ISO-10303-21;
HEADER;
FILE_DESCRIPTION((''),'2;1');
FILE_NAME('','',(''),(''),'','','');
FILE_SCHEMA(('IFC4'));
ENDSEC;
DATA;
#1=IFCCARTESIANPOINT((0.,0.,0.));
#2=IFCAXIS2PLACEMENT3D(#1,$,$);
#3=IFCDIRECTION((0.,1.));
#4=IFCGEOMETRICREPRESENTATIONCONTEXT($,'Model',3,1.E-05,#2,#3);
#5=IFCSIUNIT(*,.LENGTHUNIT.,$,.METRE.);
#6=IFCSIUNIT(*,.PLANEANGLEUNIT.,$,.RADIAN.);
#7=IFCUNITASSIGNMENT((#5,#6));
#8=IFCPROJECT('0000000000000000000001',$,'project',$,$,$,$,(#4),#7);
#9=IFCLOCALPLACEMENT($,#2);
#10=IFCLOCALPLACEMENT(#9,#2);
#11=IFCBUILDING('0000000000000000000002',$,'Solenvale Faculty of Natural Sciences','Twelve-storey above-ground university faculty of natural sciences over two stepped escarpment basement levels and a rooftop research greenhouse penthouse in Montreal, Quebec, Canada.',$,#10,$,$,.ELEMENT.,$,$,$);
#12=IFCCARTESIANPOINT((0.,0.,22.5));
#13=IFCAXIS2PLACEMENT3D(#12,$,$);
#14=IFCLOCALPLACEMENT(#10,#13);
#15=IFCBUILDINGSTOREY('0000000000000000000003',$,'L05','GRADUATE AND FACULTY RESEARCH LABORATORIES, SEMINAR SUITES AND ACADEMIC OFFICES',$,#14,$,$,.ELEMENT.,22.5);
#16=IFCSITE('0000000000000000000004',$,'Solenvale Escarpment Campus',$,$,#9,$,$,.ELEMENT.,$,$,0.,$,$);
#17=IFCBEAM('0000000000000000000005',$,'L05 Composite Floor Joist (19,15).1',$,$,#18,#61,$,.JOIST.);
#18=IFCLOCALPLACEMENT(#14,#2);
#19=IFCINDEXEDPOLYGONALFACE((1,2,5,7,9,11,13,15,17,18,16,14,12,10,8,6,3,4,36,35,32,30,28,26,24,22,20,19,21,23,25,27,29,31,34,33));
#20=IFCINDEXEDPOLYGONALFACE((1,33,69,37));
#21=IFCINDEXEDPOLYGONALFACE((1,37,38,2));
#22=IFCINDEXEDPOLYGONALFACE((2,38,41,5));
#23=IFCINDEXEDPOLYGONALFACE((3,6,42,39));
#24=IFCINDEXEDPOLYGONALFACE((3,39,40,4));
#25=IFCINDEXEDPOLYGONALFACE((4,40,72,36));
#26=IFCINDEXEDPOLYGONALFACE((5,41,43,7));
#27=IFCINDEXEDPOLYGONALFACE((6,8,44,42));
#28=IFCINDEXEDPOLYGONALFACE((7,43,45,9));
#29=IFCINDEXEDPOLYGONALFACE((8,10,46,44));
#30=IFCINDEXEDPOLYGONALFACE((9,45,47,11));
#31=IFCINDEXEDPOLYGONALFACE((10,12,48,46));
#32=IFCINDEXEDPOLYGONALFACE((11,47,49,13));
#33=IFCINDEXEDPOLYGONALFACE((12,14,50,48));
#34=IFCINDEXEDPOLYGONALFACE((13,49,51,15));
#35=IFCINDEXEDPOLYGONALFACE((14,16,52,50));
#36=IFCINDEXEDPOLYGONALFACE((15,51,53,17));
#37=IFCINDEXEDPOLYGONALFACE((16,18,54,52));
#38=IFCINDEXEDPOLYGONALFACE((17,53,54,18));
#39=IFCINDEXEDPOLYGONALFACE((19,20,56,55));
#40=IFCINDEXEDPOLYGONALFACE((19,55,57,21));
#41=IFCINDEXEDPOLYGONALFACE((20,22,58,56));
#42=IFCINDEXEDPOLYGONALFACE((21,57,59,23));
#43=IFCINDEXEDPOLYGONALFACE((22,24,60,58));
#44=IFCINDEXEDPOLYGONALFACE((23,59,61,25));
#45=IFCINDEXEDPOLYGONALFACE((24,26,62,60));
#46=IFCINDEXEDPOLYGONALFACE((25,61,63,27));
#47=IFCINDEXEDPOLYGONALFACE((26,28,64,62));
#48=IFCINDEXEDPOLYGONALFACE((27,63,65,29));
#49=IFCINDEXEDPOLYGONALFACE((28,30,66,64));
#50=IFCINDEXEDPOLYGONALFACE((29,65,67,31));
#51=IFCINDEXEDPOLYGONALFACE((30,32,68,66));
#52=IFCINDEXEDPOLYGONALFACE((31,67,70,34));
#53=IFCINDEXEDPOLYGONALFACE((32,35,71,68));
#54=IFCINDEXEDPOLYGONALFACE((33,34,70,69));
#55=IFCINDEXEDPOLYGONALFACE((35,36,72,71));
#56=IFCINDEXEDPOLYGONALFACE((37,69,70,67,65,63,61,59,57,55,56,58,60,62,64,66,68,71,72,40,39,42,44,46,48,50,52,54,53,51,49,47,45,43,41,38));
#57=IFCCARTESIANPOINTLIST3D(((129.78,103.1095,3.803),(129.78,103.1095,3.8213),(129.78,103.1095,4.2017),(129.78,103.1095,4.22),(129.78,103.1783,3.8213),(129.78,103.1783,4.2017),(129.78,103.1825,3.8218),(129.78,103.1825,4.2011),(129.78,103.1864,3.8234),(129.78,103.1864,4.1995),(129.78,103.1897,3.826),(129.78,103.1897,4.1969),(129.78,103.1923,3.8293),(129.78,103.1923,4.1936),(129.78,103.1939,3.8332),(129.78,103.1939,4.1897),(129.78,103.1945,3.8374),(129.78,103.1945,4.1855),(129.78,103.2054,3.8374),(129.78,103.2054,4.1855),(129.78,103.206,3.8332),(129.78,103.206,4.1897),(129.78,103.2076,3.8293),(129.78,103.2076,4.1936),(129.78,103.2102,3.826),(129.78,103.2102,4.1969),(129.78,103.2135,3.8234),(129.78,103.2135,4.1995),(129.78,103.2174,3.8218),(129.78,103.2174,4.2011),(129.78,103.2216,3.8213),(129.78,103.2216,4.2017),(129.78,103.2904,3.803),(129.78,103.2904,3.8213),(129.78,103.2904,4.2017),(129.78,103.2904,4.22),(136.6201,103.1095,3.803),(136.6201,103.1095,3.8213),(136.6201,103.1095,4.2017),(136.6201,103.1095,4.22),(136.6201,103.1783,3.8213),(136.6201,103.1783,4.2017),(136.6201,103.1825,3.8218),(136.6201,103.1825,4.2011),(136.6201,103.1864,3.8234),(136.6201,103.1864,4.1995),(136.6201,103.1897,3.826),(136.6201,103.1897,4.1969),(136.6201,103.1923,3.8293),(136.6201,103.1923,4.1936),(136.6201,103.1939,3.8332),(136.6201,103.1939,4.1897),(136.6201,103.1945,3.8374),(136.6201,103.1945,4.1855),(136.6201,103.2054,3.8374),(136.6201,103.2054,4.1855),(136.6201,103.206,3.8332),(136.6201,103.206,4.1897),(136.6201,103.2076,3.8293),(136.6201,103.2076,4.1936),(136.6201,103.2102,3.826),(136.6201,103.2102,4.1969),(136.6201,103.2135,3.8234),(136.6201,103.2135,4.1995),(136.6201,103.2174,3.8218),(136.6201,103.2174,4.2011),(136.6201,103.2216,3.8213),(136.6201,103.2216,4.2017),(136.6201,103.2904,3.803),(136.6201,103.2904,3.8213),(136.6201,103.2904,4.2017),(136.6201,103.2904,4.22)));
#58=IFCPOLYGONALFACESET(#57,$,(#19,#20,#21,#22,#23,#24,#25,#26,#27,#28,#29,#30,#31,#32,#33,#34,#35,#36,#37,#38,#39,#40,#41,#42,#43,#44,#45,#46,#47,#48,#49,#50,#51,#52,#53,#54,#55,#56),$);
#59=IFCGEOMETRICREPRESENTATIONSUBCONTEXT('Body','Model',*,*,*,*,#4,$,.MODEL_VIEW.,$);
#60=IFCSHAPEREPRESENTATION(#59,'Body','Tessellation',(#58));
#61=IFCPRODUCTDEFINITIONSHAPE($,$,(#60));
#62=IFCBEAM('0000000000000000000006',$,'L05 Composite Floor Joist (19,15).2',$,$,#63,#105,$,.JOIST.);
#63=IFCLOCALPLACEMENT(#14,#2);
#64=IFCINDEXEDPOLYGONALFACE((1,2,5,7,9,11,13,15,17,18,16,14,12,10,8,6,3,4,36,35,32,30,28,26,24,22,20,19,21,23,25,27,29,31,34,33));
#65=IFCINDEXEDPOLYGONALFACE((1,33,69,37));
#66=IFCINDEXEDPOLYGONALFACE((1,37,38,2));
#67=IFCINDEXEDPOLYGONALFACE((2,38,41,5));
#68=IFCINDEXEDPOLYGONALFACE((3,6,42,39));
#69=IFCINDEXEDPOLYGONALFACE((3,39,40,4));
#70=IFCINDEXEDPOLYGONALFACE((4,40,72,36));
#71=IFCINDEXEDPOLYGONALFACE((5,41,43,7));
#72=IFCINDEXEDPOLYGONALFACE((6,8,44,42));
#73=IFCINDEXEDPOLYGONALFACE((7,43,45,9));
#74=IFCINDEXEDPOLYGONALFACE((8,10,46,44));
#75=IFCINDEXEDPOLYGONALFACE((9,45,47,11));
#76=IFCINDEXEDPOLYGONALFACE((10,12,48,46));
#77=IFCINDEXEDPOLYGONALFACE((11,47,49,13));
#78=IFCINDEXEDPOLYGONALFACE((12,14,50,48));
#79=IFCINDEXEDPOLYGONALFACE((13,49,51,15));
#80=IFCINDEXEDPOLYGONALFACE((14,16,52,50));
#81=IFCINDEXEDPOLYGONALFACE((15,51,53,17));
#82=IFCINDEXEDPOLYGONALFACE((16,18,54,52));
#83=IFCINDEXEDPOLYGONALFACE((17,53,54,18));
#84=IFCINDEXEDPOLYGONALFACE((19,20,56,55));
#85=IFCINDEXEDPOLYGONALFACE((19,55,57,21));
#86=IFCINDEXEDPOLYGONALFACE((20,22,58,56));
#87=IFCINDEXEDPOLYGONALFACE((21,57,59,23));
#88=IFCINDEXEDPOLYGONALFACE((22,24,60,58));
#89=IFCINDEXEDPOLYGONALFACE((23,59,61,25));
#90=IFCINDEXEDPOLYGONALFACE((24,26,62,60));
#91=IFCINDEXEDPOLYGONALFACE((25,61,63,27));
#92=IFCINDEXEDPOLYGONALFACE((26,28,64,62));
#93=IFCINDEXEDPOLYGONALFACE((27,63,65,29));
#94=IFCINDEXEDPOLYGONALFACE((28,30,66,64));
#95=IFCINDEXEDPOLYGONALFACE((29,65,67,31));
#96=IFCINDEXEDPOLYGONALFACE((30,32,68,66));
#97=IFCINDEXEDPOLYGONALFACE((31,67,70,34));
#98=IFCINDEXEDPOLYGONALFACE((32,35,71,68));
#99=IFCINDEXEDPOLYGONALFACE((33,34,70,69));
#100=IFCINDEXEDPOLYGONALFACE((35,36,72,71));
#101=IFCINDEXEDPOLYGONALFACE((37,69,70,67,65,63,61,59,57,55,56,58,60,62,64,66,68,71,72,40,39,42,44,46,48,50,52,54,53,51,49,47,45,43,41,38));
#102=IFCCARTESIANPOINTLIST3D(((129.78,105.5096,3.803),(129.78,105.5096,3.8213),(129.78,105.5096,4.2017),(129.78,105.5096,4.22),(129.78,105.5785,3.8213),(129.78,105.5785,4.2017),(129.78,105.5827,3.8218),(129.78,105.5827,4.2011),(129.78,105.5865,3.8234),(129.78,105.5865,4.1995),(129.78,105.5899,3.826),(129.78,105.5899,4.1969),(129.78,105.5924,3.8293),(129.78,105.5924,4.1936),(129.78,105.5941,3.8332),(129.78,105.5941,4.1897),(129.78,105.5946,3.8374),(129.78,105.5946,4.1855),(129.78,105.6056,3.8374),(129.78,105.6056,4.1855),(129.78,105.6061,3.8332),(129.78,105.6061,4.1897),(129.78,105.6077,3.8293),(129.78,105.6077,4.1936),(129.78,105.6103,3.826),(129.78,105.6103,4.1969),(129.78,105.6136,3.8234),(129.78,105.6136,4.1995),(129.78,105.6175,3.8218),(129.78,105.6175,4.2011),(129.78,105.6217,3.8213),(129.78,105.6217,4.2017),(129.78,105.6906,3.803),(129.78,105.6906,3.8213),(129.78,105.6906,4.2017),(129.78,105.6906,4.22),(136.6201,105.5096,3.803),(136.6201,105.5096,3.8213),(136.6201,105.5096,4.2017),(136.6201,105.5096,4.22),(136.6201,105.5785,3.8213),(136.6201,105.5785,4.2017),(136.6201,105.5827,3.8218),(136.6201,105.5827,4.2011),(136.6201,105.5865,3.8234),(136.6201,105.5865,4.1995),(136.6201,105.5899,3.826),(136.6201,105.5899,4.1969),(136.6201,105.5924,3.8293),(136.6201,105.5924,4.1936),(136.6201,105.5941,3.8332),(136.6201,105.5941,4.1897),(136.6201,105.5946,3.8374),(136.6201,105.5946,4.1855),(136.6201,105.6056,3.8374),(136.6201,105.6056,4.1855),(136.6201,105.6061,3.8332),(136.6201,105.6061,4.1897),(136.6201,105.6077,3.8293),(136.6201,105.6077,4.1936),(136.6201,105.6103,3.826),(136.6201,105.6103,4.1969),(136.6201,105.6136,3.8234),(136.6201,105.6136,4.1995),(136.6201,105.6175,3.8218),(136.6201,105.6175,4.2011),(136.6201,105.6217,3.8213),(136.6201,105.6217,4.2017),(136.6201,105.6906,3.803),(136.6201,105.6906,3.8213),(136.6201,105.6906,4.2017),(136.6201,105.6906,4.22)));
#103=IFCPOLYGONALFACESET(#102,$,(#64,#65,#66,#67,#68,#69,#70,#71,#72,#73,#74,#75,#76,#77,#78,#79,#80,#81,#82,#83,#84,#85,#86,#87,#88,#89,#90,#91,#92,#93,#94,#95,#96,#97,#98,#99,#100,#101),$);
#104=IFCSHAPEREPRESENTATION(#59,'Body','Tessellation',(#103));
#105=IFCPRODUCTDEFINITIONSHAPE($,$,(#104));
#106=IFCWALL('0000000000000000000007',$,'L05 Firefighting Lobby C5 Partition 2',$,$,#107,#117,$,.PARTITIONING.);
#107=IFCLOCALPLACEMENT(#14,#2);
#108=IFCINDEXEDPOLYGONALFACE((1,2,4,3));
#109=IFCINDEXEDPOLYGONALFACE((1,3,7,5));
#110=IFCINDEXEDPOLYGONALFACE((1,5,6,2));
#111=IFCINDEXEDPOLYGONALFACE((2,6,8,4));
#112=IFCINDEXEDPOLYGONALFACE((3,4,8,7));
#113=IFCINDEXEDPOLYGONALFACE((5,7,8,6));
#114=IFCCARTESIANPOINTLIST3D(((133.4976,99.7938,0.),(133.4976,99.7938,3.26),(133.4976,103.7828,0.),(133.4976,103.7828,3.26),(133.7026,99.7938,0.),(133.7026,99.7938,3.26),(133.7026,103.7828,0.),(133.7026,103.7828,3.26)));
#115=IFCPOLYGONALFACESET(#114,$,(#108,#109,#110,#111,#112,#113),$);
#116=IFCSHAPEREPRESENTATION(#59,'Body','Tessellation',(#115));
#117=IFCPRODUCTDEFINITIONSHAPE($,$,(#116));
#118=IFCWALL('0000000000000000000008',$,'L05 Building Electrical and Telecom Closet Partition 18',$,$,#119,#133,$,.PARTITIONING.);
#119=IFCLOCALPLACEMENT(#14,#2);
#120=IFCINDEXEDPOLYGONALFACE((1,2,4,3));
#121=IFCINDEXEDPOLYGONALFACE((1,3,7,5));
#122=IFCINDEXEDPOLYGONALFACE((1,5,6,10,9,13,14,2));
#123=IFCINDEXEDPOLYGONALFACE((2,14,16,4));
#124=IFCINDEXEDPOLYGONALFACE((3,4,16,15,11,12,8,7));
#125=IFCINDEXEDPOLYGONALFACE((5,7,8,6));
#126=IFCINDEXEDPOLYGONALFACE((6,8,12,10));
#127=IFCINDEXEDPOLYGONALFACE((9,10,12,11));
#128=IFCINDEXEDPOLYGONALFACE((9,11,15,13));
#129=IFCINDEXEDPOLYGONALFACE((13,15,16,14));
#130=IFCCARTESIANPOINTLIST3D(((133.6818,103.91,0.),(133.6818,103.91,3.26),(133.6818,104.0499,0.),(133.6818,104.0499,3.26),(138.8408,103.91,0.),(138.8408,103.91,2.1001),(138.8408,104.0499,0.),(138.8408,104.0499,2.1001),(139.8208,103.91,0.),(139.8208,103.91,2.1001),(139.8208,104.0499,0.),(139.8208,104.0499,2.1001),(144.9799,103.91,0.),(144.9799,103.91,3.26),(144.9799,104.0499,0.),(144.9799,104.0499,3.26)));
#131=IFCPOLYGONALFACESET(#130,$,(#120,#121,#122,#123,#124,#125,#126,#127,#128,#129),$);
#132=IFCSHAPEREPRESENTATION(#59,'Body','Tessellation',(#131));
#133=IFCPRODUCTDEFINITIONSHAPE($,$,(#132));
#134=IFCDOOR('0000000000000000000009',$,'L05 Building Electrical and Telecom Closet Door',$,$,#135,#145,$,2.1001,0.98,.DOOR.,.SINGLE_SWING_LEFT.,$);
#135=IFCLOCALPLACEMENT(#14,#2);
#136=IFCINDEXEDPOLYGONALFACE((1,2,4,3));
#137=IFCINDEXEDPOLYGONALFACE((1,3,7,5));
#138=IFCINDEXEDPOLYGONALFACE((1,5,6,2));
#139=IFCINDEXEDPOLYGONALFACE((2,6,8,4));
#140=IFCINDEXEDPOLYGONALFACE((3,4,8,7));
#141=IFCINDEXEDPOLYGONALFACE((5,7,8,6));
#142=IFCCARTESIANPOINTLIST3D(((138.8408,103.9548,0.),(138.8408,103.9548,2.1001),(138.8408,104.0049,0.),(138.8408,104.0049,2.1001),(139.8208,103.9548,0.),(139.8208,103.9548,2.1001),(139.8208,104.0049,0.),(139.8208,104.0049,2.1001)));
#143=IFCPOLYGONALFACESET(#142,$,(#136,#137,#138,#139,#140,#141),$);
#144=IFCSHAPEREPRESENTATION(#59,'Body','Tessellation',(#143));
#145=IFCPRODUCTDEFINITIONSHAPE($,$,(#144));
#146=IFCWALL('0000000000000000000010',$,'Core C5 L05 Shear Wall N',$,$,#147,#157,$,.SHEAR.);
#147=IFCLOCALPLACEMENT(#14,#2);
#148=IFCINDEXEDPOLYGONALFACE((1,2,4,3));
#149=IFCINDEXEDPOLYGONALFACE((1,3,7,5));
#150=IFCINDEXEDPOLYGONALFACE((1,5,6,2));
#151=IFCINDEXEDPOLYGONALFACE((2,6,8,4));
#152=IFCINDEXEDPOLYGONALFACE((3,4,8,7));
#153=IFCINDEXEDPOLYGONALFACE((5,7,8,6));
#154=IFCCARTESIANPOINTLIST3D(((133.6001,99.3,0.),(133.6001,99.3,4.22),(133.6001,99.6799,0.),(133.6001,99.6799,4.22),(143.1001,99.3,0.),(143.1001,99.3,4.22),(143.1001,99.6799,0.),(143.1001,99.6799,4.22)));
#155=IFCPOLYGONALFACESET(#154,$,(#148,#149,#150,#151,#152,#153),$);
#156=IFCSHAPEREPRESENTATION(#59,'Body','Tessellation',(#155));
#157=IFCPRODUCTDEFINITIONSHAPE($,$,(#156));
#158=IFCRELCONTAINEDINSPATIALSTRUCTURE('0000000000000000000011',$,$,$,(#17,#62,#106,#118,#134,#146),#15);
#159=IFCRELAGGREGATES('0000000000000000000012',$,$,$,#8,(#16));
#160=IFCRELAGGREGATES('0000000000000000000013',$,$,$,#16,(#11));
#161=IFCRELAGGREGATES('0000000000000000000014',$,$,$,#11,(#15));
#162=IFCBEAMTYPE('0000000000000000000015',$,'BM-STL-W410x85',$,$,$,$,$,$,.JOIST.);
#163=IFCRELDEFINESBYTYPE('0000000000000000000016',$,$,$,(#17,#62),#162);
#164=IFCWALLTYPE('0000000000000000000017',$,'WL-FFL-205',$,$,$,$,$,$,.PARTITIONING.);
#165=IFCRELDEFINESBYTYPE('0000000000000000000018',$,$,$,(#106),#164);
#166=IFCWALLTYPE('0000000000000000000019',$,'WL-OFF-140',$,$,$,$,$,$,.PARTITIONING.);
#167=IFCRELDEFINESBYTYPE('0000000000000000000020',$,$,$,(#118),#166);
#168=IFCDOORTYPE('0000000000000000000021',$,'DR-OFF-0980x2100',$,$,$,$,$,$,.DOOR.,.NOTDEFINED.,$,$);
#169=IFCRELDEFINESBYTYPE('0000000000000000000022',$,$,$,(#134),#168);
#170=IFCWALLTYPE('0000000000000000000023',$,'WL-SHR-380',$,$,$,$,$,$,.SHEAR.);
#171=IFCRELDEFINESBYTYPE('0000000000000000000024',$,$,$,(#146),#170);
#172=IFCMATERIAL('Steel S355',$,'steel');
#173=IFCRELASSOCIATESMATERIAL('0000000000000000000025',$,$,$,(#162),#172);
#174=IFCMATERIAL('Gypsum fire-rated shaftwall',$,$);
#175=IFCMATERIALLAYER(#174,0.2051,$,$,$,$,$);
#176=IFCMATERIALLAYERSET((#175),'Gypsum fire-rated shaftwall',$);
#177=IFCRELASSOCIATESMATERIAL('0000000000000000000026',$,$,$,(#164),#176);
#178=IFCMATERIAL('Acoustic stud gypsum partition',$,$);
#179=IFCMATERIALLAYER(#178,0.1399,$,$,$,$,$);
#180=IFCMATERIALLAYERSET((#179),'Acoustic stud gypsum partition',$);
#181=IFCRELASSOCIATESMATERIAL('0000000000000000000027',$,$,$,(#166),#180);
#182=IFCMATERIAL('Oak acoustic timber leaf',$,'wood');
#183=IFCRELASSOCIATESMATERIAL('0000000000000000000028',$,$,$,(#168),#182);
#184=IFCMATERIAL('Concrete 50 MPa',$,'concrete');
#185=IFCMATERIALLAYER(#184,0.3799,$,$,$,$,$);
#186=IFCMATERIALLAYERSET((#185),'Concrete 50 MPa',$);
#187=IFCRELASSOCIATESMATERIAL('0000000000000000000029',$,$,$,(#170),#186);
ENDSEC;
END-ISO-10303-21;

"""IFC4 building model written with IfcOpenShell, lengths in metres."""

from ifc_helpers import new_model, si_unit, direction, frame, frame_2d, origin, origin_2d, place, context, subcontext, project, spatial, rectangle, i_section, extrude, material, layer, layer_set, material_profile, profile_set, type_object, element, fill, save


model = new_model("IFC4")

# Units and contexts
model_context = context("Model", 3, precision=1e-05, world=origin(), true_north=direction((0.0, 1.0)))
body_context = subcontext(model_context, "Body", "Model", "MODEL_VIEW")
ifc_project = project(units=[si_unit("LENGTHUNIT", "METRE"), si_unit("PLANEANGLEUNIT", "RADIAN")], contexts=[model_context])

# Site, building, storey
site_placement = place(None, origin())
site = spatial("IfcSite", under=ifc_project, at=site_placement, Name="Solenvale Escarpment Campus", CompositionType="ELEMENT", RefElevation=0.0)
building_placement = place(site_placement, origin())
building = spatial("IfcBuilding", under=site, at=building_placement, Name="Solenvale Faculty of Natural Sciences", Description="Twelve-storey above-ground university faculty of natural sciences over two stepped escarpment basement levels and a rooftop research greenhouse penthouse in Montreal, Quebec, Canada.", CompositionType="ELEMENT")
storey_placement = place(building_placement, frame((0.0, 0.0, 22.5)))
storey = spatial("IfcBuildingStorey", under=building, at=storey_placement, Name="L05", Description="GRADUATE AND FACULTY RESEARCH LABORATORIES, SEMINAR SUITES AND ACADEMIC OFFICES", CompositionType="ELEMENT", Elevation=22.5)

# Beams
ifc_material_1 = material(Name="Steel S355", Category="steel")
ifc_material_profile_1 = material_profile(ifc_material_1, i_section(OverallWidth=0.1809, OverallDepth=0.417, WebThickness=0.011, FlangeThickness=0.0183, FilletRadius=0.0161, at=origin_2d()), Name="W410x85")
ifc_profile_set_1 = profile_set([ifc_material_profile_1], Name="Steel S355")
beam_type_1 = type_object("IfcBeamType", Name="BM-STL-W410x85", PredefinedType="JOIST", material=ifc_profile_set_1)
for number, where, z_axis, x_axis, name in (
    (1, (129.78, 103.2, 4.0115), (1.0, 0.0, 0.0), (0.0, 1.0, 0.0), "L05 Composite Floor Joist (19,15).1"),
    (2, (129.78, 105.6001, 4.0115), (1.0, 0.0, 0.0), (0.0, 1.0, 0.0), "L05 Composite Floor Joist (19,15).2"),
):
    element("IfcBeam", number, at=place(storey_placement, frame(where, z_axis=z_axis, x_axis=x_axis)), inside=storey, type_object=beam_type_1, Name=name, PredefinedType="JOIST", context=body_context, shape_type="SweptSolid", body=[
        extrude(i_section(OverallWidth=0.1809, OverallDepth=0.417, WebThickness=0.011, FlangeThickness=0.0183, FilletRadius=0.0161, at=origin_2d()), origin(), (0.0, 0.0, 1.0), 6.8401),
    ])

# Shared definitions
ifc_material_2 = material(Name="Gypsum fire-rated shaftwall")
ifc_layer_1 = layer(ifc_material_2, 0.2051)
ifc_layer_set_1 = layer_set([ifc_layer_1], Name="Gypsum fire-rated shaftwall")
wall_type_1 = type_object("IfcWallType", Name="WL-FFL-205", PredefinedType="PARTITIONING", material=ifc_layer_set_1)

# Wall
wall_1_placement = place(storey_placement, frame((133.6001, 103.783, 0.0), z_axis=(0.0, 0.0, 1.0), x_axis=(0.0, -1.0, 0.0)))
element("IfcWall", 3, at=wall_1_placement, inside=storey, type_object=wall_type_1, Name="L05 Firefighting Lobby C5 Partition 2", PredefinedType="PARTITIONING", context=body_context, shape_type="SweptSolid", body=[
    extrude(rectangle(XDim=3.989, YDim=0.2051, at=frame_2d((1.9946, 0.0))), origin(), (0.0, 0.0, 1.0), 3.26),
])

# Wall, opening, door
ifc_material_3 = material(Name="Acoustic stud gypsum partition")
ifc_layer_2 = layer(ifc_material_3, 0.1399)
ifc_layer_set_2 = layer_set([ifc_layer_2], Name="Acoustic stud gypsum partition")
wall_type_2 = type_object("IfcWallType", Name="WL-OFF-140", PredefinedType="PARTITIONING", material=ifc_layer_set_2)
wall_2_placement = place(storey_placement, frame((133.6819, 103.98, 0.0), z_axis=(0.0, 0.0, 1.0), x_axis=(1.0, 0.0, 0.0)))
wall_2 = element("IfcWall", 4, at=wall_2_placement, inside=storey, type_object=wall_type_2, Name="L05 Building Electrical and Telecom Closet Partition 18", PredefinedType="PARTITIONING", context=body_context, shape_type="SweptSolid", body=[
    extrude(rectangle(XDim=11.2981, YDim=0.1399, at=frame_2d((5.6489, 0.0))), origin(), (0.0, 0.0, 1.0), 3.26),
])
opening_1_placement = place(wall_2_placement, frame((5.1589, 0.0, 0.0)))
opening_1 = element("IfcOpeningElement", 5, at=opening_1_placement, cuts=wall_2, PredefinedType="OPENING", context=body_context, shape_type="SweptSolid", body=[
    extrude(rectangle(XDim=0.98, YDim=2.1001, at=frame_2d((0.49, 1.05))), frame((0.0, 0.0798, 0.0), z_axis=(0.0, -1.0, 0.0), x_axis=(1.0, 0.0, 0.0)), (0.0, 0.0, 1.0), 0.1599),
])
ifc_material_4 = material(Name="Oak acoustic timber leaf", Category="wood")
door_type_1 = type_object("IfcDoorType", Name="DR-OFF-0980x2100", OperationType="NOTDEFINED", PredefinedType="DOOR", material=ifc_material_4)
door_1_placement = place(opening_1_placement, origin())
door_1 = element("IfcDoor", 6, at=door_1_placement, inside=storey, type_object=door_type_1, Name="L05 Building Electrical and Telecom Closet Door", OperationType="SINGLE_SWING_LEFT", OverallHeight=2.1001, OverallWidth=0.98, PredefinedType="DOOR", context=body_context, shape_type="SweptSolid", body=[
    extrude(rectangle(XDim=0.98, YDim=2.1001, at=frame_2d((0.49, 1.05))), frame((0.0, 0.0249, 0.0), z_axis=(0.0, -1.0, 0.0), x_axis=(1.0, 0.0, 0.0)), (0.0, 0.0, 1.0), 0.05),
])
fill(opening_1, door_1)

# Wall
ifc_material_5 = material(Name="Concrete 50 MPa", Category="concrete")
ifc_layer_3 = layer(ifc_material_5, 0.3799)
ifc_layer_set_3 = layer_set([ifc_layer_3], Name="Concrete 50 MPa")
wall_type_3 = type_object("IfcWallType", Name="WL-SHR-380", PredefinedType="SHEAR", material=ifc_layer_set_3)
wall_3_placement = place(storey_placement, frame((133.6001, 99.49, 0.0), z_axis=(0.0, 0.0, 1.0), x_axis=(1.0, 0.0, 0.0)))
element("IfcWall", 7, at=wall_3_placement, inside=storey, type_object=wall_type_3, Name="Core C5 L05 Shear Wall N", PredefinedType="SHEAR", context=body_context, shape_type="SweptSolid", body=[
    extrude(rectangle(XDim=9.5, YDim=0.3799, at=frame_2d((4.75, 0.0))), origin(), (0.0, 0.0, 1.0), 4.22),
])

save(model, "model.ifc")
